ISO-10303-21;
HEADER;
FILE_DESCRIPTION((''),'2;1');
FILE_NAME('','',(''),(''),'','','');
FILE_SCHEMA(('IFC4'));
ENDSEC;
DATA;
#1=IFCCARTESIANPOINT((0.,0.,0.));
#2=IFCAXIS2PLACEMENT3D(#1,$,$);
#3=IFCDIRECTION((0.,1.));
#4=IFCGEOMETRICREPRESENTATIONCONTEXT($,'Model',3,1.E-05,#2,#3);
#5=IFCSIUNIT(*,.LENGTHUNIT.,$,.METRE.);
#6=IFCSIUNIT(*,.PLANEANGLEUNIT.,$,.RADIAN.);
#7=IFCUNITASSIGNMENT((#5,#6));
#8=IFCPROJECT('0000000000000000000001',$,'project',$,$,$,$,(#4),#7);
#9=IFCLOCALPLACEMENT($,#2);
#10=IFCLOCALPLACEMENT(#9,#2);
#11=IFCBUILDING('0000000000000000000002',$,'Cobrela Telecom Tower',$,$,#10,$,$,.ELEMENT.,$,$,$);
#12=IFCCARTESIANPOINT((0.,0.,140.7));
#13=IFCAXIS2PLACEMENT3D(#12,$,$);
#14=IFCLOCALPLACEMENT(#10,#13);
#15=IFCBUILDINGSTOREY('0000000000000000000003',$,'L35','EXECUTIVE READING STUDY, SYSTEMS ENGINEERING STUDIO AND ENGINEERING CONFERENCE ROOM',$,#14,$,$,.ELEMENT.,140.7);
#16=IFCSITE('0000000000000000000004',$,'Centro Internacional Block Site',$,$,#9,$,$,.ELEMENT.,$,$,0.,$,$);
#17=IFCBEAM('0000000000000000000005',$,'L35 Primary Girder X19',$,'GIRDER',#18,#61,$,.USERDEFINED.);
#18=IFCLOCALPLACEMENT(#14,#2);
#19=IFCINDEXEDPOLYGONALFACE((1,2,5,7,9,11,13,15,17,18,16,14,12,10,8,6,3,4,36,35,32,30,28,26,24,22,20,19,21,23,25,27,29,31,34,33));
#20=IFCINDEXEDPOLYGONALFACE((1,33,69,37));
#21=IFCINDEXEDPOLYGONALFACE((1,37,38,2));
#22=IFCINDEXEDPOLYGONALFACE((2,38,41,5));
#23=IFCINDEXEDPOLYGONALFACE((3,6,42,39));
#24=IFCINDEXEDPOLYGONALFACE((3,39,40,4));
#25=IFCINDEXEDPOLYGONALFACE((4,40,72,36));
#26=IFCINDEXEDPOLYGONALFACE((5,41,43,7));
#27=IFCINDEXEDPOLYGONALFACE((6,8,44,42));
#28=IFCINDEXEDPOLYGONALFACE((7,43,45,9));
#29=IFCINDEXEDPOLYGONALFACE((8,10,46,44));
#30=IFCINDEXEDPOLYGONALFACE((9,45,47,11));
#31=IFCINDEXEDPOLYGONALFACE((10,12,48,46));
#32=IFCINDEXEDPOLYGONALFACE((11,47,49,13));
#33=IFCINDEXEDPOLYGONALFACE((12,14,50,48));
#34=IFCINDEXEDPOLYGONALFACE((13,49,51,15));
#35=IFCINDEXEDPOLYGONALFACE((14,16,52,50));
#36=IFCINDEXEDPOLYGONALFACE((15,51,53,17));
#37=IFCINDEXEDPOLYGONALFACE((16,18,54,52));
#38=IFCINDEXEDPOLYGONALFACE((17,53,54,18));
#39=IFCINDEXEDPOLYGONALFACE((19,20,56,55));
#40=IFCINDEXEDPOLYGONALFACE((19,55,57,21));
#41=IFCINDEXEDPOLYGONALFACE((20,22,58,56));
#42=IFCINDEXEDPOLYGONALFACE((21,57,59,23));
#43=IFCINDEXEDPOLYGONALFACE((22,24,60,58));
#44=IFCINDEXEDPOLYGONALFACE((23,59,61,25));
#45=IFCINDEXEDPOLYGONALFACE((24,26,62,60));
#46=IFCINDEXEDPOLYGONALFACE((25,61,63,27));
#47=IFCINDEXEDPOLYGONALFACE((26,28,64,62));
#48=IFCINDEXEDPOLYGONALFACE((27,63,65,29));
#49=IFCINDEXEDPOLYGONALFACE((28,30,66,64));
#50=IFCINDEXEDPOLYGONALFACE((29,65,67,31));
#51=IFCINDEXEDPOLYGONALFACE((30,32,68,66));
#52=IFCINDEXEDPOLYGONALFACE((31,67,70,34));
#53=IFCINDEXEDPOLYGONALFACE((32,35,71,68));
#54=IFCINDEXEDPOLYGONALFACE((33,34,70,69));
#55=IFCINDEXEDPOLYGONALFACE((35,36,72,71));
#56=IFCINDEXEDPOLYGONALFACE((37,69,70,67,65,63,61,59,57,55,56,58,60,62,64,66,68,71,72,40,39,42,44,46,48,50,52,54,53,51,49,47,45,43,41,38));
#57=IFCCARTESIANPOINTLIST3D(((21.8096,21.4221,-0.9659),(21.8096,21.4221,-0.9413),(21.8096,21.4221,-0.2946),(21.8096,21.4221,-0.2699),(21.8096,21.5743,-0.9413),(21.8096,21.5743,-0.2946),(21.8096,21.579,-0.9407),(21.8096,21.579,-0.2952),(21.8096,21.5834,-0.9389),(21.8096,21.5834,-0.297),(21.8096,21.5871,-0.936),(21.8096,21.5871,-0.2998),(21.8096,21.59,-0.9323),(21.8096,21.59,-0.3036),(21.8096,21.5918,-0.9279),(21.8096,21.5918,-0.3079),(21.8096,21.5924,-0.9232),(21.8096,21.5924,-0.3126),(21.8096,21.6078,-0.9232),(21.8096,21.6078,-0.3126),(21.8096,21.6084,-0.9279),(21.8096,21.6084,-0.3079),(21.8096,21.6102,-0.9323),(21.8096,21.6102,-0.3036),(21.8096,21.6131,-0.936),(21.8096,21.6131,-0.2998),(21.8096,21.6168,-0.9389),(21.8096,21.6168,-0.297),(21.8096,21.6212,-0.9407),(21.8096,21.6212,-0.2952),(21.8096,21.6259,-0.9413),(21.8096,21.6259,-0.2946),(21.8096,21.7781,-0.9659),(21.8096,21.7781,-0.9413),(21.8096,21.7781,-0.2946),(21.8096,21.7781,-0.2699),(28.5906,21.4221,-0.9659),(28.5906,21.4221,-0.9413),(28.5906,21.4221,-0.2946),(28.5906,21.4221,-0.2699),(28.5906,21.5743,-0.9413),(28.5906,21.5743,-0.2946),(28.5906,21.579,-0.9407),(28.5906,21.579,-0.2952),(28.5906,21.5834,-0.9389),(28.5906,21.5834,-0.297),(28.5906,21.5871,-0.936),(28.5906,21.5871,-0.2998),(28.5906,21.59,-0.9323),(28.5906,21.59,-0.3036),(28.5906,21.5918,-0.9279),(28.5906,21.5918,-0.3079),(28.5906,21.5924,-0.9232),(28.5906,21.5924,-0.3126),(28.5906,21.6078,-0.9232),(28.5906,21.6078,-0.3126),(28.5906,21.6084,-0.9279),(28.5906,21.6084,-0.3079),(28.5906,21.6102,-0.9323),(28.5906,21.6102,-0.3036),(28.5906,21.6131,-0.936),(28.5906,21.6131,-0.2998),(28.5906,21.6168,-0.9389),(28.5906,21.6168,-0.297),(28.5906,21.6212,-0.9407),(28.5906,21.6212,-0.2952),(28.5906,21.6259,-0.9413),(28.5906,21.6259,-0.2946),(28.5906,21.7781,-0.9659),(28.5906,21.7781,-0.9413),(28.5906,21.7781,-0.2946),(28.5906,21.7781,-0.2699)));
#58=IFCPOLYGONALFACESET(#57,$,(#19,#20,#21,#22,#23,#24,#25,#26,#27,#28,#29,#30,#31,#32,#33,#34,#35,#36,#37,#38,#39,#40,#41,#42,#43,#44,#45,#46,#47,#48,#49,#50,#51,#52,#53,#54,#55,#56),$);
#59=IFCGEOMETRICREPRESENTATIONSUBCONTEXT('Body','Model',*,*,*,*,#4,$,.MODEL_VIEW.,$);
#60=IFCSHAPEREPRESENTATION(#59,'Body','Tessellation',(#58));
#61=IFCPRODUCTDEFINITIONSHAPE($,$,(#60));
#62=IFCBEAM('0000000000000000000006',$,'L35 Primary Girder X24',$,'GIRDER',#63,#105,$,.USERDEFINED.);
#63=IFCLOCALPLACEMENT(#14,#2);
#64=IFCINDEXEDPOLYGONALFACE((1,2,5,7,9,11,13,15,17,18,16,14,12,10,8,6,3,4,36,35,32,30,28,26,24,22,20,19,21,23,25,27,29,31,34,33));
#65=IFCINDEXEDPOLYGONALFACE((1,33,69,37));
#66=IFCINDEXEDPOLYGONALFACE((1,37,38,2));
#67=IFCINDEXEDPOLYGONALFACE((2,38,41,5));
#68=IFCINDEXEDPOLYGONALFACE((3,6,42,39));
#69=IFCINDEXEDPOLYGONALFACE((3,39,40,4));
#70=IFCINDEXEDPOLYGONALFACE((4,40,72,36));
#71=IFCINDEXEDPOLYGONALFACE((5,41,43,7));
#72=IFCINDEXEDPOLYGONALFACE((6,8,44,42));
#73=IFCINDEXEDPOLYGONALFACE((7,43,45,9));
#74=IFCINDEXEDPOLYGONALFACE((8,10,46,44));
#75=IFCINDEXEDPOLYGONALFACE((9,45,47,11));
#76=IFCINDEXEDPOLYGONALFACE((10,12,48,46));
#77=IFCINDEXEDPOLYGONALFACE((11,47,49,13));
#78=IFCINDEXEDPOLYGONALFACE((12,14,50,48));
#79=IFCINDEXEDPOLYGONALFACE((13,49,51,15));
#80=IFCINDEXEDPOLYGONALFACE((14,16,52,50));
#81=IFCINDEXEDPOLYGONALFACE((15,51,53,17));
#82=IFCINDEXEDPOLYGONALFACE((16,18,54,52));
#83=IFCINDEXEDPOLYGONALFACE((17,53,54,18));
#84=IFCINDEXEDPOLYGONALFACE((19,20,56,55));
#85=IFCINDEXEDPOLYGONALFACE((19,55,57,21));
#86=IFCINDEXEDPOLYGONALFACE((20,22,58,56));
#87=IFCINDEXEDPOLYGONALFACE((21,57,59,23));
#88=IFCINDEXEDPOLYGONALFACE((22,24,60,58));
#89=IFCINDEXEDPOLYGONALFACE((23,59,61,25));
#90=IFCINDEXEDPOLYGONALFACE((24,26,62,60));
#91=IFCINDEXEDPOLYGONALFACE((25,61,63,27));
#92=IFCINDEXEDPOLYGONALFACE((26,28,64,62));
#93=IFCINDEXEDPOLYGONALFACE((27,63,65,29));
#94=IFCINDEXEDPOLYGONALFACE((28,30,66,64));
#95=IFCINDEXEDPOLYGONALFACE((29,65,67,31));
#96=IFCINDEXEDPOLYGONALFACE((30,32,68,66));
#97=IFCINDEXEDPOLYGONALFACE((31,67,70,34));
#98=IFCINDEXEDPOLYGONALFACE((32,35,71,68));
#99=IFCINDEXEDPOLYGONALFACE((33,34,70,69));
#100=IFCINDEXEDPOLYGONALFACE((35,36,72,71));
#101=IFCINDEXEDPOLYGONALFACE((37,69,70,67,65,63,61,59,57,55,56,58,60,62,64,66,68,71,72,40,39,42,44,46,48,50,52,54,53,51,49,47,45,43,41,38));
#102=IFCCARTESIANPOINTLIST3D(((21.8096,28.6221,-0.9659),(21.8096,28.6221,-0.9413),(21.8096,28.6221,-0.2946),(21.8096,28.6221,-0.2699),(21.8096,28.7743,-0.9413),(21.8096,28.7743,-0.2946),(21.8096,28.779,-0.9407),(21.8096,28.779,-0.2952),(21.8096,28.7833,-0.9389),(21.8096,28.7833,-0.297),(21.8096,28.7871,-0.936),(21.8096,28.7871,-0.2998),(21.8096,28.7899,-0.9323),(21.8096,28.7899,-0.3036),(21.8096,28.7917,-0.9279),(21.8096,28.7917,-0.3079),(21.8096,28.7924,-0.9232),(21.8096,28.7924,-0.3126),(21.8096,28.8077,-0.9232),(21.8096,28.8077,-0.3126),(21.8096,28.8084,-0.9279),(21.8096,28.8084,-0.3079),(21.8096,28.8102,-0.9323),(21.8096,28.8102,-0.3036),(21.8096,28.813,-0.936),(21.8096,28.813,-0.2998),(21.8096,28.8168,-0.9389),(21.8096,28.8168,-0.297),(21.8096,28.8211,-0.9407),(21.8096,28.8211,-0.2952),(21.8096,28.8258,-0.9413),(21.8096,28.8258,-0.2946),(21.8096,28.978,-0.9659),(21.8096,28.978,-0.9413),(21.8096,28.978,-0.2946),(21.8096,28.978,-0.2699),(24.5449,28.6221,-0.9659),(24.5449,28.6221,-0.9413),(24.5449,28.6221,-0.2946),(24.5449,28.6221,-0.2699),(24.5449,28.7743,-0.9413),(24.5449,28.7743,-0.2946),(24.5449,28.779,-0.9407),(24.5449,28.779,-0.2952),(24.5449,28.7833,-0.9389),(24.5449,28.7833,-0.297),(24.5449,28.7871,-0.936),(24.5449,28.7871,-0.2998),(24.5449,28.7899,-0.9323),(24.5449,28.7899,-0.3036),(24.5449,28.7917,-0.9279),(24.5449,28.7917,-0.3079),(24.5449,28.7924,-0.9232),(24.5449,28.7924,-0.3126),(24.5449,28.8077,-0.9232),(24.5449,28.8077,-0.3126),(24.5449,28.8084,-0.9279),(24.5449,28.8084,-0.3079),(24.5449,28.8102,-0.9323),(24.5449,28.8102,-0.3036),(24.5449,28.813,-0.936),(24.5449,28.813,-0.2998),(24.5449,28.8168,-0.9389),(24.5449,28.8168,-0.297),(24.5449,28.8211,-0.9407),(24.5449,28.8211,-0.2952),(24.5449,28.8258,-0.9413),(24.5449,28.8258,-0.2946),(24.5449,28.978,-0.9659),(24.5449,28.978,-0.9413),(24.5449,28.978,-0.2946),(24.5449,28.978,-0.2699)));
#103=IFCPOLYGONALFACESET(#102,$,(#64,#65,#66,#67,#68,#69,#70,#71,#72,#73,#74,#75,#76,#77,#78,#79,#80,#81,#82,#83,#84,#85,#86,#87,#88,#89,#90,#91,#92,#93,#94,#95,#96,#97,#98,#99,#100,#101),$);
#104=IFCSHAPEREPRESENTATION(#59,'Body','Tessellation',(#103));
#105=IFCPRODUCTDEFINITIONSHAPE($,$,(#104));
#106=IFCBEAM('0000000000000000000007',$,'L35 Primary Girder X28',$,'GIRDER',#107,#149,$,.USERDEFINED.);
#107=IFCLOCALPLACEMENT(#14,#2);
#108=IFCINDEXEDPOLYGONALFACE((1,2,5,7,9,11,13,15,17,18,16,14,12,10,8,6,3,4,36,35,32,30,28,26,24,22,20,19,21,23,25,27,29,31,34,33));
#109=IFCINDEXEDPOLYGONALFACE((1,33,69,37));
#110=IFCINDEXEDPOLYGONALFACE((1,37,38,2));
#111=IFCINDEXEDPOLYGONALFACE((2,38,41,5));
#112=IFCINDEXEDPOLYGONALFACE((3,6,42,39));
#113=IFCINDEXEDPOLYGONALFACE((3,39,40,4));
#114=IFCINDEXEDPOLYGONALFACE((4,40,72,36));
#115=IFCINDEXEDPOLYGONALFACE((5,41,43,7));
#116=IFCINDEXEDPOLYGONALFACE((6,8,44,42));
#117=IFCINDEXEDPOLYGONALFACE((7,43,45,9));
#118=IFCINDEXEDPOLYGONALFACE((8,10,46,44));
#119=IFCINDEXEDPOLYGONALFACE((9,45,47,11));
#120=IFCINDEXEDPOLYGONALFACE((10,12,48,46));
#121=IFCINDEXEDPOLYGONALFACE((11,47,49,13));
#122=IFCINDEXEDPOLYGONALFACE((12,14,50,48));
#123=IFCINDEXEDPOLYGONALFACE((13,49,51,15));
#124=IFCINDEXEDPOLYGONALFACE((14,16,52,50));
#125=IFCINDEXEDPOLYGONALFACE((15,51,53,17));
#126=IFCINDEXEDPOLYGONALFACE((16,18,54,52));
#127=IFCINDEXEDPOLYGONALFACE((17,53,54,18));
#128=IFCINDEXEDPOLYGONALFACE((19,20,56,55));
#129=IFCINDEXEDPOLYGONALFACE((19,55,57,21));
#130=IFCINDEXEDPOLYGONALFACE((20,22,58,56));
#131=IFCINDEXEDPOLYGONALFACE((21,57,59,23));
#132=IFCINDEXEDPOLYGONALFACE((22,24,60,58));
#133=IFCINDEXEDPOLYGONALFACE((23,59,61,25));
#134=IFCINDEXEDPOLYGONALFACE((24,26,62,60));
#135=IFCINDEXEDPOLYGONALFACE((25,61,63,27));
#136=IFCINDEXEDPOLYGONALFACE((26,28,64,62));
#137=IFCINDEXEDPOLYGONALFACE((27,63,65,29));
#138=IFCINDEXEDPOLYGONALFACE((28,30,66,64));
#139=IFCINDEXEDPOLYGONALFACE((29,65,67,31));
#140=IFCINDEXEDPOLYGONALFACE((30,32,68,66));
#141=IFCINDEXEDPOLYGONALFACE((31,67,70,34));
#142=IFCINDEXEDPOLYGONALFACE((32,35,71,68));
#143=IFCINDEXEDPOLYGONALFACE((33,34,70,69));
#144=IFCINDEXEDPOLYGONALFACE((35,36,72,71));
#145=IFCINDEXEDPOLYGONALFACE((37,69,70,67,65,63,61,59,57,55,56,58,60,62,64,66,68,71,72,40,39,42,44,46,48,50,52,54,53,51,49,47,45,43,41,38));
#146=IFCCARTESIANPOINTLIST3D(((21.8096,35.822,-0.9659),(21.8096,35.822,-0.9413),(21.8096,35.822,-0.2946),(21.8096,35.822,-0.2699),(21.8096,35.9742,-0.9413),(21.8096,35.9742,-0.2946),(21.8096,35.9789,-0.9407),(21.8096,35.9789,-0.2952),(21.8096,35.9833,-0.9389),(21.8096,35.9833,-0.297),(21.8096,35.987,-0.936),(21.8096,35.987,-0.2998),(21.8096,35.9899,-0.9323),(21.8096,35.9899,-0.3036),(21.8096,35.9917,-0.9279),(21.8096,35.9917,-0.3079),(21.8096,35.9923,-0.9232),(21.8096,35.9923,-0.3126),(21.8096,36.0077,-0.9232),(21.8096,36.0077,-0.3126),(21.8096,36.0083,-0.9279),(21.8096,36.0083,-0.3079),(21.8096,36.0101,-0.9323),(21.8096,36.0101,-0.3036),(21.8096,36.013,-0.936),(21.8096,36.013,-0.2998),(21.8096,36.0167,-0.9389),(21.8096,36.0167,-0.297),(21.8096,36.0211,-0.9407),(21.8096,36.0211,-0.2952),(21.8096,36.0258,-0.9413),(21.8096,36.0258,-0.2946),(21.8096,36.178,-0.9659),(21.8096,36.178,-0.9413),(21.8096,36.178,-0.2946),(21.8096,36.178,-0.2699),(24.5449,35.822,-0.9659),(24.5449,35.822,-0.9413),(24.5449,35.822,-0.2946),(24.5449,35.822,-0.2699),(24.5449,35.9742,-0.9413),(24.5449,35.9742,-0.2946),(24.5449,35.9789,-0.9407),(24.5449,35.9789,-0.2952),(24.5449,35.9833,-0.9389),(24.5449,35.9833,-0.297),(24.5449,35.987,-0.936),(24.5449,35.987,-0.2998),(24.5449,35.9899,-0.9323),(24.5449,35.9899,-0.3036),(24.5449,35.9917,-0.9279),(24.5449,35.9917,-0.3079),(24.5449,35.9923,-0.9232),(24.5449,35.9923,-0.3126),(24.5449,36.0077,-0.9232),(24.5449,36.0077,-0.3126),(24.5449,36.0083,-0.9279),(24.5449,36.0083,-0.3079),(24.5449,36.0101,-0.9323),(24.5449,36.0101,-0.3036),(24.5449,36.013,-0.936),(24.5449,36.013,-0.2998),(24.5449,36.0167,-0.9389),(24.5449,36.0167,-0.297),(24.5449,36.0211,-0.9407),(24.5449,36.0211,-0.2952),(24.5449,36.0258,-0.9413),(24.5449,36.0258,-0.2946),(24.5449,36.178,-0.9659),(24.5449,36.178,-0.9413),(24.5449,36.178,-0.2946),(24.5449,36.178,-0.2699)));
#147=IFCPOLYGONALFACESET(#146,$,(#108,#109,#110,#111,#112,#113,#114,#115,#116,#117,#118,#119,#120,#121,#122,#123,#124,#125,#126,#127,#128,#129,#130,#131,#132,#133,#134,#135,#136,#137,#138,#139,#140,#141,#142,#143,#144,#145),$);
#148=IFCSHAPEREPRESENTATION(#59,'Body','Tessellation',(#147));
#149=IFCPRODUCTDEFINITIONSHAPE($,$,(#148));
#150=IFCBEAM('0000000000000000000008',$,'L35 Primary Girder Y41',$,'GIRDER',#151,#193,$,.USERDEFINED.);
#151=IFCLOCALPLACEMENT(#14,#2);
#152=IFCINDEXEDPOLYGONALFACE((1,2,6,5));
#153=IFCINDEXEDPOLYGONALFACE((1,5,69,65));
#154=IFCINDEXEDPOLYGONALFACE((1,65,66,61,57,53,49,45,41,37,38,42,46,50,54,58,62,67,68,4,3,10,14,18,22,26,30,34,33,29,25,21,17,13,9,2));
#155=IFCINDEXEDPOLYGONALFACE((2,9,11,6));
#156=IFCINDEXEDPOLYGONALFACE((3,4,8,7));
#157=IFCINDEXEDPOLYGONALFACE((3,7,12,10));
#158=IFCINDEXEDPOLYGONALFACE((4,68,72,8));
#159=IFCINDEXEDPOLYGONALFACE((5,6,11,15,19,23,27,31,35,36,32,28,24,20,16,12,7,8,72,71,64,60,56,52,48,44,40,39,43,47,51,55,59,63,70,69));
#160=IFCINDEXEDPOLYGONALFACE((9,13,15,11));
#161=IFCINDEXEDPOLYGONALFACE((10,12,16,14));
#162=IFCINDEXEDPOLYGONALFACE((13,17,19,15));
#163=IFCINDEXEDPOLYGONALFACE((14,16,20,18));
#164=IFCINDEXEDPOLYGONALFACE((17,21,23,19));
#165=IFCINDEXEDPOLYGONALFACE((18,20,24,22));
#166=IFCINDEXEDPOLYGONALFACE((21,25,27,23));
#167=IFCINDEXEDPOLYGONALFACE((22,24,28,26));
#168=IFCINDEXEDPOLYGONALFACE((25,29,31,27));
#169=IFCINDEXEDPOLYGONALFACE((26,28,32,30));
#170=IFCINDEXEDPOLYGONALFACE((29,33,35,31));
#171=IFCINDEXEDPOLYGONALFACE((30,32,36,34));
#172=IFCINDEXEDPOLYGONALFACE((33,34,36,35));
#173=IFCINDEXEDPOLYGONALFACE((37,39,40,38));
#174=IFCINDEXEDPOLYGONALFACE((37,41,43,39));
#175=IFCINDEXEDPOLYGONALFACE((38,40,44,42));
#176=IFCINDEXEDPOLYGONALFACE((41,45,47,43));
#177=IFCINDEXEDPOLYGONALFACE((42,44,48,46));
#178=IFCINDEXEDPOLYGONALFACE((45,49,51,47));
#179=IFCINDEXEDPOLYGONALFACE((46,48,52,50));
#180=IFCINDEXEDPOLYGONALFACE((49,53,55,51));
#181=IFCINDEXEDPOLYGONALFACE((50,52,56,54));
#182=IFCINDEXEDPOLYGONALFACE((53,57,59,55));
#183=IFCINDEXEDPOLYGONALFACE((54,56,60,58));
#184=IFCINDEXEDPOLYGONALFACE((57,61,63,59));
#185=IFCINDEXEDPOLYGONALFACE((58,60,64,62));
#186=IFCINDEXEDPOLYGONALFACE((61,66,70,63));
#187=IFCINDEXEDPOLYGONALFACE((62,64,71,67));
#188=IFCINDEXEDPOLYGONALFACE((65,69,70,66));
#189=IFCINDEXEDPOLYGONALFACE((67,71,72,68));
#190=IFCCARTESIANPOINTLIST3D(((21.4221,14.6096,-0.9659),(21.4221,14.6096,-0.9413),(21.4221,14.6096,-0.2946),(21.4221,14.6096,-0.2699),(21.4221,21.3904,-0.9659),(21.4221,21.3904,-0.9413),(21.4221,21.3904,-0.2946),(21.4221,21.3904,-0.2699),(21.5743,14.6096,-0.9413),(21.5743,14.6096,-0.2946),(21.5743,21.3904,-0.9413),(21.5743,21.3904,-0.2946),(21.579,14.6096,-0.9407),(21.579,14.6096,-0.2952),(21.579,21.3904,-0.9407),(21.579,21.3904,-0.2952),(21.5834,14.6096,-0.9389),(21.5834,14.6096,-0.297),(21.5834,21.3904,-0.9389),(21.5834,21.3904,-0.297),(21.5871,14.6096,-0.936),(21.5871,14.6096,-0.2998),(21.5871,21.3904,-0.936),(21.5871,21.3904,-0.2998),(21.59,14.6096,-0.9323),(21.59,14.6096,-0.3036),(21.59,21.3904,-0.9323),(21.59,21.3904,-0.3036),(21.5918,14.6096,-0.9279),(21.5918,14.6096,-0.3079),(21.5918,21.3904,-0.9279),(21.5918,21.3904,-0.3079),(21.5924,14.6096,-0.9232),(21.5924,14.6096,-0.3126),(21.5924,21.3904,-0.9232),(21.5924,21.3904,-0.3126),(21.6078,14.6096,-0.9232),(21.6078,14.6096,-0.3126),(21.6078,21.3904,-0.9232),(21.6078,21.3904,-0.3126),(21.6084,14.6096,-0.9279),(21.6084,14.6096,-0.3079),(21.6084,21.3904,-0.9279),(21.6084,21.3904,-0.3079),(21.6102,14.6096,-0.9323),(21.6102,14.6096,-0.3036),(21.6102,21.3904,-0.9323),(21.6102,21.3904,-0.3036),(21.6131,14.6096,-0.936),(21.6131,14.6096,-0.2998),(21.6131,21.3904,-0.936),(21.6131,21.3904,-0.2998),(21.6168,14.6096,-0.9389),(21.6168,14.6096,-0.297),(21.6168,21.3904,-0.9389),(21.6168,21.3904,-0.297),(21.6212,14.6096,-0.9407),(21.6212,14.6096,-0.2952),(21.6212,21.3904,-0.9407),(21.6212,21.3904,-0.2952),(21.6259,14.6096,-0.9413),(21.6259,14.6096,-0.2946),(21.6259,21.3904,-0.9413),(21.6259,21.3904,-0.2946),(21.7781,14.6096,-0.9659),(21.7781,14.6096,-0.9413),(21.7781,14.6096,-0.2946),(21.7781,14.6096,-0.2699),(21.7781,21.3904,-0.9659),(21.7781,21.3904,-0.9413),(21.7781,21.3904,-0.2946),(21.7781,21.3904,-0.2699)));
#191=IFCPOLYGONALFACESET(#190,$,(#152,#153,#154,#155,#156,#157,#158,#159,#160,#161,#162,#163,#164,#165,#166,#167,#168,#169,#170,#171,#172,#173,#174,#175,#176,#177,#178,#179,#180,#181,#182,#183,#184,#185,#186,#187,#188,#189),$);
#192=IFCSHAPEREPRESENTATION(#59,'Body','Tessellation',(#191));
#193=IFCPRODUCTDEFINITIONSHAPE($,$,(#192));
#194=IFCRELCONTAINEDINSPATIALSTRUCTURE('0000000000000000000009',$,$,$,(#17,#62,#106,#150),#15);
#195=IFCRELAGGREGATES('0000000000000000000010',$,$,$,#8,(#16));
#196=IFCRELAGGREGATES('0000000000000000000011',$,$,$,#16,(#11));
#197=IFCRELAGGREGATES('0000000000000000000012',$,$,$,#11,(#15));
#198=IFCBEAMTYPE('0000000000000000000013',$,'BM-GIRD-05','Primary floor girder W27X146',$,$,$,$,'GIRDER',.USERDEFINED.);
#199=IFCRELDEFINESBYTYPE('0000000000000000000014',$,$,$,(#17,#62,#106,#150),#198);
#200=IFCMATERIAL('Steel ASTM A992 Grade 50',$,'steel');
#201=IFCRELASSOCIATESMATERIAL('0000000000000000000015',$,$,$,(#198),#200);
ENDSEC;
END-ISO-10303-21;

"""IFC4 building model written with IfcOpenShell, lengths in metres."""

from ifc_helpers import new_model, si_unit, direction, frame, origin, origin_2d, place, context, subcontext, project, spatial, i_section, extrude, material, material_profile, profile_set, type_object, element, save


model = new_model("IFC4")

# Units and contexts
model_context = context("Model", 3, precision=1e-05, world=origin(), true_north=direction((0.0, 1.0)))
body_context = subcontext(model_context, "Body", "Model", "MODEL_VIEW")
ifc_project = project(units=[si_unit("LENGTHUNIT", "METRE"), si_unit("PLANEANGLEUNIT", "RADIAN")], contexts=[model_context])

# Site, building, storey
site_placement = place(None, origin())
site = spatial("IfcSite", under=ifc_project, at=site_placement, Name="Centro Internacional Block Site", CompositionType="ELEMENT", RefElevation=0.0)
building_placement = place(site_placement, origin())
building = spatial("IfcBuilding", under=site, at=building_placement, Name="Cobrela Telecom Tower", CompositionType="ELEMENT")
storey_placement = place(building_placement, frame((0.0, 0.0, 140.7)))
storey = spatial("IfcBuildingStorey", under=building, at=storey_placement, Name="L35", Description="EXECUTIVE READING STUDY, SYSTEMS ENGINEERING STUDIO AND ENGINEERING CONFERENCE ROOM", CompositionType="ELEMENT", Elevation=140.7)

# Shared definitions
ifc_material_1 = material(Name="Steel ASTM A992 Grade 50", Category="steel")

# Beams
ifc_material_profile_1 = material_profile(ifc_material_1, i_section(OverallWidth=0.356, OverallDepth=0.696, WebThickness=0.0154, FlangeThickness=0.0247, FilletRadius=0.0181, at=origin_2d()), Name="W27X146")
ifc_profile_set_1 = profile_set([ifc_material_profile_1], Name="Steel ASTM A992 Grade 50")
beam_type_1 = type_object("IfcBeamType", Name="BM-GIRD-05", Description="Primary floor girder W27X146", ElementType="GIRDER", PredefinedType="USERDEFINED", material=ifc_profile_set_1)
beam_1_placement = place(storey_placement, frame((21.8096, 21.6001, -0.6179), z_axis=(1.0, 0.0, 0.0), x_axis=(0.0, 1.0, 0.0)))
element("IfcBeam", 1, at=beam_1_placement, inside=storey, type_object=beam_type_1, Name="L35 Primary Girder X19", ObjectType="GIRDER", PredefinedType="USERDEFINED", context=body_context, shape_type="SweptSolid", body=[
    extrude(i_section(OverallWidth=0.356, OverallDepth=0.696, WebThickness=0.0154, FlangeThickness=0.0247, FilletRadius=0.0181, at=origin_2d()), origin(), (0.0, 0.0, 1.0), 6.781),
])
for number, where, z_axis, x_axis, name in (
    (2, (21.8096, 28.8, -0.6179), (1.0, 0.0, 0.0), (0.0, 1.0, 0.0), "L35 Primary Girder X24"),
    (3, (21.8096, 36.0, -0.6179), (1.0, 0.0, 0.0), (0.0, 1.0, 0.0), "L35 Primary Girder X28"),
):
    element("IfcBeam", number, at=place(storey_placement, frame(where, z_axis=z_axis, x_axis=x_axis)), inside=storey, type_object=beam_type_1, Name=name, ObjectType="GIRDER", PredefinedType="USERDEFINED", context=body_context, shape_type="SweptSolid", body=[
        extrude(i_section(OverallWidth=0.356, OverallDepth=0.696, WebThickness=0.0154, FlangeThickness=0.0247, FilletRadius=0.0181, at=origin_2d()), origin(), (0.0, 0.0, 1.0), 2.7354),
    ])
beam_2_placement = place(storey_placement, frame((21.6001, 14.6096, -0.6179), z_axis=(0.0, 1.0, 0.0), x_axis=(-1.0, 0.0, 0.0)))
element("IfcBeam", 4, at=beam_2_placement, inside=storey, type_object=beam_type_1, Name="L35 Primary Girder Y41", ObjectType="GIRDER", PredefinedType="USERDEFINED", context=body_context, shape_type="SweptSolid", body=[
    extrude(i_section(OverallWidth=0.356, OverallDepth=0.696, WebThickness=0.0154, FlangeThickness=0.0247, FilletRadius=0.0181, at=origin_2d()), origin(), (0.0, 0.0, 1.0), 6.7808),
])

save(model, "model.ifc")
